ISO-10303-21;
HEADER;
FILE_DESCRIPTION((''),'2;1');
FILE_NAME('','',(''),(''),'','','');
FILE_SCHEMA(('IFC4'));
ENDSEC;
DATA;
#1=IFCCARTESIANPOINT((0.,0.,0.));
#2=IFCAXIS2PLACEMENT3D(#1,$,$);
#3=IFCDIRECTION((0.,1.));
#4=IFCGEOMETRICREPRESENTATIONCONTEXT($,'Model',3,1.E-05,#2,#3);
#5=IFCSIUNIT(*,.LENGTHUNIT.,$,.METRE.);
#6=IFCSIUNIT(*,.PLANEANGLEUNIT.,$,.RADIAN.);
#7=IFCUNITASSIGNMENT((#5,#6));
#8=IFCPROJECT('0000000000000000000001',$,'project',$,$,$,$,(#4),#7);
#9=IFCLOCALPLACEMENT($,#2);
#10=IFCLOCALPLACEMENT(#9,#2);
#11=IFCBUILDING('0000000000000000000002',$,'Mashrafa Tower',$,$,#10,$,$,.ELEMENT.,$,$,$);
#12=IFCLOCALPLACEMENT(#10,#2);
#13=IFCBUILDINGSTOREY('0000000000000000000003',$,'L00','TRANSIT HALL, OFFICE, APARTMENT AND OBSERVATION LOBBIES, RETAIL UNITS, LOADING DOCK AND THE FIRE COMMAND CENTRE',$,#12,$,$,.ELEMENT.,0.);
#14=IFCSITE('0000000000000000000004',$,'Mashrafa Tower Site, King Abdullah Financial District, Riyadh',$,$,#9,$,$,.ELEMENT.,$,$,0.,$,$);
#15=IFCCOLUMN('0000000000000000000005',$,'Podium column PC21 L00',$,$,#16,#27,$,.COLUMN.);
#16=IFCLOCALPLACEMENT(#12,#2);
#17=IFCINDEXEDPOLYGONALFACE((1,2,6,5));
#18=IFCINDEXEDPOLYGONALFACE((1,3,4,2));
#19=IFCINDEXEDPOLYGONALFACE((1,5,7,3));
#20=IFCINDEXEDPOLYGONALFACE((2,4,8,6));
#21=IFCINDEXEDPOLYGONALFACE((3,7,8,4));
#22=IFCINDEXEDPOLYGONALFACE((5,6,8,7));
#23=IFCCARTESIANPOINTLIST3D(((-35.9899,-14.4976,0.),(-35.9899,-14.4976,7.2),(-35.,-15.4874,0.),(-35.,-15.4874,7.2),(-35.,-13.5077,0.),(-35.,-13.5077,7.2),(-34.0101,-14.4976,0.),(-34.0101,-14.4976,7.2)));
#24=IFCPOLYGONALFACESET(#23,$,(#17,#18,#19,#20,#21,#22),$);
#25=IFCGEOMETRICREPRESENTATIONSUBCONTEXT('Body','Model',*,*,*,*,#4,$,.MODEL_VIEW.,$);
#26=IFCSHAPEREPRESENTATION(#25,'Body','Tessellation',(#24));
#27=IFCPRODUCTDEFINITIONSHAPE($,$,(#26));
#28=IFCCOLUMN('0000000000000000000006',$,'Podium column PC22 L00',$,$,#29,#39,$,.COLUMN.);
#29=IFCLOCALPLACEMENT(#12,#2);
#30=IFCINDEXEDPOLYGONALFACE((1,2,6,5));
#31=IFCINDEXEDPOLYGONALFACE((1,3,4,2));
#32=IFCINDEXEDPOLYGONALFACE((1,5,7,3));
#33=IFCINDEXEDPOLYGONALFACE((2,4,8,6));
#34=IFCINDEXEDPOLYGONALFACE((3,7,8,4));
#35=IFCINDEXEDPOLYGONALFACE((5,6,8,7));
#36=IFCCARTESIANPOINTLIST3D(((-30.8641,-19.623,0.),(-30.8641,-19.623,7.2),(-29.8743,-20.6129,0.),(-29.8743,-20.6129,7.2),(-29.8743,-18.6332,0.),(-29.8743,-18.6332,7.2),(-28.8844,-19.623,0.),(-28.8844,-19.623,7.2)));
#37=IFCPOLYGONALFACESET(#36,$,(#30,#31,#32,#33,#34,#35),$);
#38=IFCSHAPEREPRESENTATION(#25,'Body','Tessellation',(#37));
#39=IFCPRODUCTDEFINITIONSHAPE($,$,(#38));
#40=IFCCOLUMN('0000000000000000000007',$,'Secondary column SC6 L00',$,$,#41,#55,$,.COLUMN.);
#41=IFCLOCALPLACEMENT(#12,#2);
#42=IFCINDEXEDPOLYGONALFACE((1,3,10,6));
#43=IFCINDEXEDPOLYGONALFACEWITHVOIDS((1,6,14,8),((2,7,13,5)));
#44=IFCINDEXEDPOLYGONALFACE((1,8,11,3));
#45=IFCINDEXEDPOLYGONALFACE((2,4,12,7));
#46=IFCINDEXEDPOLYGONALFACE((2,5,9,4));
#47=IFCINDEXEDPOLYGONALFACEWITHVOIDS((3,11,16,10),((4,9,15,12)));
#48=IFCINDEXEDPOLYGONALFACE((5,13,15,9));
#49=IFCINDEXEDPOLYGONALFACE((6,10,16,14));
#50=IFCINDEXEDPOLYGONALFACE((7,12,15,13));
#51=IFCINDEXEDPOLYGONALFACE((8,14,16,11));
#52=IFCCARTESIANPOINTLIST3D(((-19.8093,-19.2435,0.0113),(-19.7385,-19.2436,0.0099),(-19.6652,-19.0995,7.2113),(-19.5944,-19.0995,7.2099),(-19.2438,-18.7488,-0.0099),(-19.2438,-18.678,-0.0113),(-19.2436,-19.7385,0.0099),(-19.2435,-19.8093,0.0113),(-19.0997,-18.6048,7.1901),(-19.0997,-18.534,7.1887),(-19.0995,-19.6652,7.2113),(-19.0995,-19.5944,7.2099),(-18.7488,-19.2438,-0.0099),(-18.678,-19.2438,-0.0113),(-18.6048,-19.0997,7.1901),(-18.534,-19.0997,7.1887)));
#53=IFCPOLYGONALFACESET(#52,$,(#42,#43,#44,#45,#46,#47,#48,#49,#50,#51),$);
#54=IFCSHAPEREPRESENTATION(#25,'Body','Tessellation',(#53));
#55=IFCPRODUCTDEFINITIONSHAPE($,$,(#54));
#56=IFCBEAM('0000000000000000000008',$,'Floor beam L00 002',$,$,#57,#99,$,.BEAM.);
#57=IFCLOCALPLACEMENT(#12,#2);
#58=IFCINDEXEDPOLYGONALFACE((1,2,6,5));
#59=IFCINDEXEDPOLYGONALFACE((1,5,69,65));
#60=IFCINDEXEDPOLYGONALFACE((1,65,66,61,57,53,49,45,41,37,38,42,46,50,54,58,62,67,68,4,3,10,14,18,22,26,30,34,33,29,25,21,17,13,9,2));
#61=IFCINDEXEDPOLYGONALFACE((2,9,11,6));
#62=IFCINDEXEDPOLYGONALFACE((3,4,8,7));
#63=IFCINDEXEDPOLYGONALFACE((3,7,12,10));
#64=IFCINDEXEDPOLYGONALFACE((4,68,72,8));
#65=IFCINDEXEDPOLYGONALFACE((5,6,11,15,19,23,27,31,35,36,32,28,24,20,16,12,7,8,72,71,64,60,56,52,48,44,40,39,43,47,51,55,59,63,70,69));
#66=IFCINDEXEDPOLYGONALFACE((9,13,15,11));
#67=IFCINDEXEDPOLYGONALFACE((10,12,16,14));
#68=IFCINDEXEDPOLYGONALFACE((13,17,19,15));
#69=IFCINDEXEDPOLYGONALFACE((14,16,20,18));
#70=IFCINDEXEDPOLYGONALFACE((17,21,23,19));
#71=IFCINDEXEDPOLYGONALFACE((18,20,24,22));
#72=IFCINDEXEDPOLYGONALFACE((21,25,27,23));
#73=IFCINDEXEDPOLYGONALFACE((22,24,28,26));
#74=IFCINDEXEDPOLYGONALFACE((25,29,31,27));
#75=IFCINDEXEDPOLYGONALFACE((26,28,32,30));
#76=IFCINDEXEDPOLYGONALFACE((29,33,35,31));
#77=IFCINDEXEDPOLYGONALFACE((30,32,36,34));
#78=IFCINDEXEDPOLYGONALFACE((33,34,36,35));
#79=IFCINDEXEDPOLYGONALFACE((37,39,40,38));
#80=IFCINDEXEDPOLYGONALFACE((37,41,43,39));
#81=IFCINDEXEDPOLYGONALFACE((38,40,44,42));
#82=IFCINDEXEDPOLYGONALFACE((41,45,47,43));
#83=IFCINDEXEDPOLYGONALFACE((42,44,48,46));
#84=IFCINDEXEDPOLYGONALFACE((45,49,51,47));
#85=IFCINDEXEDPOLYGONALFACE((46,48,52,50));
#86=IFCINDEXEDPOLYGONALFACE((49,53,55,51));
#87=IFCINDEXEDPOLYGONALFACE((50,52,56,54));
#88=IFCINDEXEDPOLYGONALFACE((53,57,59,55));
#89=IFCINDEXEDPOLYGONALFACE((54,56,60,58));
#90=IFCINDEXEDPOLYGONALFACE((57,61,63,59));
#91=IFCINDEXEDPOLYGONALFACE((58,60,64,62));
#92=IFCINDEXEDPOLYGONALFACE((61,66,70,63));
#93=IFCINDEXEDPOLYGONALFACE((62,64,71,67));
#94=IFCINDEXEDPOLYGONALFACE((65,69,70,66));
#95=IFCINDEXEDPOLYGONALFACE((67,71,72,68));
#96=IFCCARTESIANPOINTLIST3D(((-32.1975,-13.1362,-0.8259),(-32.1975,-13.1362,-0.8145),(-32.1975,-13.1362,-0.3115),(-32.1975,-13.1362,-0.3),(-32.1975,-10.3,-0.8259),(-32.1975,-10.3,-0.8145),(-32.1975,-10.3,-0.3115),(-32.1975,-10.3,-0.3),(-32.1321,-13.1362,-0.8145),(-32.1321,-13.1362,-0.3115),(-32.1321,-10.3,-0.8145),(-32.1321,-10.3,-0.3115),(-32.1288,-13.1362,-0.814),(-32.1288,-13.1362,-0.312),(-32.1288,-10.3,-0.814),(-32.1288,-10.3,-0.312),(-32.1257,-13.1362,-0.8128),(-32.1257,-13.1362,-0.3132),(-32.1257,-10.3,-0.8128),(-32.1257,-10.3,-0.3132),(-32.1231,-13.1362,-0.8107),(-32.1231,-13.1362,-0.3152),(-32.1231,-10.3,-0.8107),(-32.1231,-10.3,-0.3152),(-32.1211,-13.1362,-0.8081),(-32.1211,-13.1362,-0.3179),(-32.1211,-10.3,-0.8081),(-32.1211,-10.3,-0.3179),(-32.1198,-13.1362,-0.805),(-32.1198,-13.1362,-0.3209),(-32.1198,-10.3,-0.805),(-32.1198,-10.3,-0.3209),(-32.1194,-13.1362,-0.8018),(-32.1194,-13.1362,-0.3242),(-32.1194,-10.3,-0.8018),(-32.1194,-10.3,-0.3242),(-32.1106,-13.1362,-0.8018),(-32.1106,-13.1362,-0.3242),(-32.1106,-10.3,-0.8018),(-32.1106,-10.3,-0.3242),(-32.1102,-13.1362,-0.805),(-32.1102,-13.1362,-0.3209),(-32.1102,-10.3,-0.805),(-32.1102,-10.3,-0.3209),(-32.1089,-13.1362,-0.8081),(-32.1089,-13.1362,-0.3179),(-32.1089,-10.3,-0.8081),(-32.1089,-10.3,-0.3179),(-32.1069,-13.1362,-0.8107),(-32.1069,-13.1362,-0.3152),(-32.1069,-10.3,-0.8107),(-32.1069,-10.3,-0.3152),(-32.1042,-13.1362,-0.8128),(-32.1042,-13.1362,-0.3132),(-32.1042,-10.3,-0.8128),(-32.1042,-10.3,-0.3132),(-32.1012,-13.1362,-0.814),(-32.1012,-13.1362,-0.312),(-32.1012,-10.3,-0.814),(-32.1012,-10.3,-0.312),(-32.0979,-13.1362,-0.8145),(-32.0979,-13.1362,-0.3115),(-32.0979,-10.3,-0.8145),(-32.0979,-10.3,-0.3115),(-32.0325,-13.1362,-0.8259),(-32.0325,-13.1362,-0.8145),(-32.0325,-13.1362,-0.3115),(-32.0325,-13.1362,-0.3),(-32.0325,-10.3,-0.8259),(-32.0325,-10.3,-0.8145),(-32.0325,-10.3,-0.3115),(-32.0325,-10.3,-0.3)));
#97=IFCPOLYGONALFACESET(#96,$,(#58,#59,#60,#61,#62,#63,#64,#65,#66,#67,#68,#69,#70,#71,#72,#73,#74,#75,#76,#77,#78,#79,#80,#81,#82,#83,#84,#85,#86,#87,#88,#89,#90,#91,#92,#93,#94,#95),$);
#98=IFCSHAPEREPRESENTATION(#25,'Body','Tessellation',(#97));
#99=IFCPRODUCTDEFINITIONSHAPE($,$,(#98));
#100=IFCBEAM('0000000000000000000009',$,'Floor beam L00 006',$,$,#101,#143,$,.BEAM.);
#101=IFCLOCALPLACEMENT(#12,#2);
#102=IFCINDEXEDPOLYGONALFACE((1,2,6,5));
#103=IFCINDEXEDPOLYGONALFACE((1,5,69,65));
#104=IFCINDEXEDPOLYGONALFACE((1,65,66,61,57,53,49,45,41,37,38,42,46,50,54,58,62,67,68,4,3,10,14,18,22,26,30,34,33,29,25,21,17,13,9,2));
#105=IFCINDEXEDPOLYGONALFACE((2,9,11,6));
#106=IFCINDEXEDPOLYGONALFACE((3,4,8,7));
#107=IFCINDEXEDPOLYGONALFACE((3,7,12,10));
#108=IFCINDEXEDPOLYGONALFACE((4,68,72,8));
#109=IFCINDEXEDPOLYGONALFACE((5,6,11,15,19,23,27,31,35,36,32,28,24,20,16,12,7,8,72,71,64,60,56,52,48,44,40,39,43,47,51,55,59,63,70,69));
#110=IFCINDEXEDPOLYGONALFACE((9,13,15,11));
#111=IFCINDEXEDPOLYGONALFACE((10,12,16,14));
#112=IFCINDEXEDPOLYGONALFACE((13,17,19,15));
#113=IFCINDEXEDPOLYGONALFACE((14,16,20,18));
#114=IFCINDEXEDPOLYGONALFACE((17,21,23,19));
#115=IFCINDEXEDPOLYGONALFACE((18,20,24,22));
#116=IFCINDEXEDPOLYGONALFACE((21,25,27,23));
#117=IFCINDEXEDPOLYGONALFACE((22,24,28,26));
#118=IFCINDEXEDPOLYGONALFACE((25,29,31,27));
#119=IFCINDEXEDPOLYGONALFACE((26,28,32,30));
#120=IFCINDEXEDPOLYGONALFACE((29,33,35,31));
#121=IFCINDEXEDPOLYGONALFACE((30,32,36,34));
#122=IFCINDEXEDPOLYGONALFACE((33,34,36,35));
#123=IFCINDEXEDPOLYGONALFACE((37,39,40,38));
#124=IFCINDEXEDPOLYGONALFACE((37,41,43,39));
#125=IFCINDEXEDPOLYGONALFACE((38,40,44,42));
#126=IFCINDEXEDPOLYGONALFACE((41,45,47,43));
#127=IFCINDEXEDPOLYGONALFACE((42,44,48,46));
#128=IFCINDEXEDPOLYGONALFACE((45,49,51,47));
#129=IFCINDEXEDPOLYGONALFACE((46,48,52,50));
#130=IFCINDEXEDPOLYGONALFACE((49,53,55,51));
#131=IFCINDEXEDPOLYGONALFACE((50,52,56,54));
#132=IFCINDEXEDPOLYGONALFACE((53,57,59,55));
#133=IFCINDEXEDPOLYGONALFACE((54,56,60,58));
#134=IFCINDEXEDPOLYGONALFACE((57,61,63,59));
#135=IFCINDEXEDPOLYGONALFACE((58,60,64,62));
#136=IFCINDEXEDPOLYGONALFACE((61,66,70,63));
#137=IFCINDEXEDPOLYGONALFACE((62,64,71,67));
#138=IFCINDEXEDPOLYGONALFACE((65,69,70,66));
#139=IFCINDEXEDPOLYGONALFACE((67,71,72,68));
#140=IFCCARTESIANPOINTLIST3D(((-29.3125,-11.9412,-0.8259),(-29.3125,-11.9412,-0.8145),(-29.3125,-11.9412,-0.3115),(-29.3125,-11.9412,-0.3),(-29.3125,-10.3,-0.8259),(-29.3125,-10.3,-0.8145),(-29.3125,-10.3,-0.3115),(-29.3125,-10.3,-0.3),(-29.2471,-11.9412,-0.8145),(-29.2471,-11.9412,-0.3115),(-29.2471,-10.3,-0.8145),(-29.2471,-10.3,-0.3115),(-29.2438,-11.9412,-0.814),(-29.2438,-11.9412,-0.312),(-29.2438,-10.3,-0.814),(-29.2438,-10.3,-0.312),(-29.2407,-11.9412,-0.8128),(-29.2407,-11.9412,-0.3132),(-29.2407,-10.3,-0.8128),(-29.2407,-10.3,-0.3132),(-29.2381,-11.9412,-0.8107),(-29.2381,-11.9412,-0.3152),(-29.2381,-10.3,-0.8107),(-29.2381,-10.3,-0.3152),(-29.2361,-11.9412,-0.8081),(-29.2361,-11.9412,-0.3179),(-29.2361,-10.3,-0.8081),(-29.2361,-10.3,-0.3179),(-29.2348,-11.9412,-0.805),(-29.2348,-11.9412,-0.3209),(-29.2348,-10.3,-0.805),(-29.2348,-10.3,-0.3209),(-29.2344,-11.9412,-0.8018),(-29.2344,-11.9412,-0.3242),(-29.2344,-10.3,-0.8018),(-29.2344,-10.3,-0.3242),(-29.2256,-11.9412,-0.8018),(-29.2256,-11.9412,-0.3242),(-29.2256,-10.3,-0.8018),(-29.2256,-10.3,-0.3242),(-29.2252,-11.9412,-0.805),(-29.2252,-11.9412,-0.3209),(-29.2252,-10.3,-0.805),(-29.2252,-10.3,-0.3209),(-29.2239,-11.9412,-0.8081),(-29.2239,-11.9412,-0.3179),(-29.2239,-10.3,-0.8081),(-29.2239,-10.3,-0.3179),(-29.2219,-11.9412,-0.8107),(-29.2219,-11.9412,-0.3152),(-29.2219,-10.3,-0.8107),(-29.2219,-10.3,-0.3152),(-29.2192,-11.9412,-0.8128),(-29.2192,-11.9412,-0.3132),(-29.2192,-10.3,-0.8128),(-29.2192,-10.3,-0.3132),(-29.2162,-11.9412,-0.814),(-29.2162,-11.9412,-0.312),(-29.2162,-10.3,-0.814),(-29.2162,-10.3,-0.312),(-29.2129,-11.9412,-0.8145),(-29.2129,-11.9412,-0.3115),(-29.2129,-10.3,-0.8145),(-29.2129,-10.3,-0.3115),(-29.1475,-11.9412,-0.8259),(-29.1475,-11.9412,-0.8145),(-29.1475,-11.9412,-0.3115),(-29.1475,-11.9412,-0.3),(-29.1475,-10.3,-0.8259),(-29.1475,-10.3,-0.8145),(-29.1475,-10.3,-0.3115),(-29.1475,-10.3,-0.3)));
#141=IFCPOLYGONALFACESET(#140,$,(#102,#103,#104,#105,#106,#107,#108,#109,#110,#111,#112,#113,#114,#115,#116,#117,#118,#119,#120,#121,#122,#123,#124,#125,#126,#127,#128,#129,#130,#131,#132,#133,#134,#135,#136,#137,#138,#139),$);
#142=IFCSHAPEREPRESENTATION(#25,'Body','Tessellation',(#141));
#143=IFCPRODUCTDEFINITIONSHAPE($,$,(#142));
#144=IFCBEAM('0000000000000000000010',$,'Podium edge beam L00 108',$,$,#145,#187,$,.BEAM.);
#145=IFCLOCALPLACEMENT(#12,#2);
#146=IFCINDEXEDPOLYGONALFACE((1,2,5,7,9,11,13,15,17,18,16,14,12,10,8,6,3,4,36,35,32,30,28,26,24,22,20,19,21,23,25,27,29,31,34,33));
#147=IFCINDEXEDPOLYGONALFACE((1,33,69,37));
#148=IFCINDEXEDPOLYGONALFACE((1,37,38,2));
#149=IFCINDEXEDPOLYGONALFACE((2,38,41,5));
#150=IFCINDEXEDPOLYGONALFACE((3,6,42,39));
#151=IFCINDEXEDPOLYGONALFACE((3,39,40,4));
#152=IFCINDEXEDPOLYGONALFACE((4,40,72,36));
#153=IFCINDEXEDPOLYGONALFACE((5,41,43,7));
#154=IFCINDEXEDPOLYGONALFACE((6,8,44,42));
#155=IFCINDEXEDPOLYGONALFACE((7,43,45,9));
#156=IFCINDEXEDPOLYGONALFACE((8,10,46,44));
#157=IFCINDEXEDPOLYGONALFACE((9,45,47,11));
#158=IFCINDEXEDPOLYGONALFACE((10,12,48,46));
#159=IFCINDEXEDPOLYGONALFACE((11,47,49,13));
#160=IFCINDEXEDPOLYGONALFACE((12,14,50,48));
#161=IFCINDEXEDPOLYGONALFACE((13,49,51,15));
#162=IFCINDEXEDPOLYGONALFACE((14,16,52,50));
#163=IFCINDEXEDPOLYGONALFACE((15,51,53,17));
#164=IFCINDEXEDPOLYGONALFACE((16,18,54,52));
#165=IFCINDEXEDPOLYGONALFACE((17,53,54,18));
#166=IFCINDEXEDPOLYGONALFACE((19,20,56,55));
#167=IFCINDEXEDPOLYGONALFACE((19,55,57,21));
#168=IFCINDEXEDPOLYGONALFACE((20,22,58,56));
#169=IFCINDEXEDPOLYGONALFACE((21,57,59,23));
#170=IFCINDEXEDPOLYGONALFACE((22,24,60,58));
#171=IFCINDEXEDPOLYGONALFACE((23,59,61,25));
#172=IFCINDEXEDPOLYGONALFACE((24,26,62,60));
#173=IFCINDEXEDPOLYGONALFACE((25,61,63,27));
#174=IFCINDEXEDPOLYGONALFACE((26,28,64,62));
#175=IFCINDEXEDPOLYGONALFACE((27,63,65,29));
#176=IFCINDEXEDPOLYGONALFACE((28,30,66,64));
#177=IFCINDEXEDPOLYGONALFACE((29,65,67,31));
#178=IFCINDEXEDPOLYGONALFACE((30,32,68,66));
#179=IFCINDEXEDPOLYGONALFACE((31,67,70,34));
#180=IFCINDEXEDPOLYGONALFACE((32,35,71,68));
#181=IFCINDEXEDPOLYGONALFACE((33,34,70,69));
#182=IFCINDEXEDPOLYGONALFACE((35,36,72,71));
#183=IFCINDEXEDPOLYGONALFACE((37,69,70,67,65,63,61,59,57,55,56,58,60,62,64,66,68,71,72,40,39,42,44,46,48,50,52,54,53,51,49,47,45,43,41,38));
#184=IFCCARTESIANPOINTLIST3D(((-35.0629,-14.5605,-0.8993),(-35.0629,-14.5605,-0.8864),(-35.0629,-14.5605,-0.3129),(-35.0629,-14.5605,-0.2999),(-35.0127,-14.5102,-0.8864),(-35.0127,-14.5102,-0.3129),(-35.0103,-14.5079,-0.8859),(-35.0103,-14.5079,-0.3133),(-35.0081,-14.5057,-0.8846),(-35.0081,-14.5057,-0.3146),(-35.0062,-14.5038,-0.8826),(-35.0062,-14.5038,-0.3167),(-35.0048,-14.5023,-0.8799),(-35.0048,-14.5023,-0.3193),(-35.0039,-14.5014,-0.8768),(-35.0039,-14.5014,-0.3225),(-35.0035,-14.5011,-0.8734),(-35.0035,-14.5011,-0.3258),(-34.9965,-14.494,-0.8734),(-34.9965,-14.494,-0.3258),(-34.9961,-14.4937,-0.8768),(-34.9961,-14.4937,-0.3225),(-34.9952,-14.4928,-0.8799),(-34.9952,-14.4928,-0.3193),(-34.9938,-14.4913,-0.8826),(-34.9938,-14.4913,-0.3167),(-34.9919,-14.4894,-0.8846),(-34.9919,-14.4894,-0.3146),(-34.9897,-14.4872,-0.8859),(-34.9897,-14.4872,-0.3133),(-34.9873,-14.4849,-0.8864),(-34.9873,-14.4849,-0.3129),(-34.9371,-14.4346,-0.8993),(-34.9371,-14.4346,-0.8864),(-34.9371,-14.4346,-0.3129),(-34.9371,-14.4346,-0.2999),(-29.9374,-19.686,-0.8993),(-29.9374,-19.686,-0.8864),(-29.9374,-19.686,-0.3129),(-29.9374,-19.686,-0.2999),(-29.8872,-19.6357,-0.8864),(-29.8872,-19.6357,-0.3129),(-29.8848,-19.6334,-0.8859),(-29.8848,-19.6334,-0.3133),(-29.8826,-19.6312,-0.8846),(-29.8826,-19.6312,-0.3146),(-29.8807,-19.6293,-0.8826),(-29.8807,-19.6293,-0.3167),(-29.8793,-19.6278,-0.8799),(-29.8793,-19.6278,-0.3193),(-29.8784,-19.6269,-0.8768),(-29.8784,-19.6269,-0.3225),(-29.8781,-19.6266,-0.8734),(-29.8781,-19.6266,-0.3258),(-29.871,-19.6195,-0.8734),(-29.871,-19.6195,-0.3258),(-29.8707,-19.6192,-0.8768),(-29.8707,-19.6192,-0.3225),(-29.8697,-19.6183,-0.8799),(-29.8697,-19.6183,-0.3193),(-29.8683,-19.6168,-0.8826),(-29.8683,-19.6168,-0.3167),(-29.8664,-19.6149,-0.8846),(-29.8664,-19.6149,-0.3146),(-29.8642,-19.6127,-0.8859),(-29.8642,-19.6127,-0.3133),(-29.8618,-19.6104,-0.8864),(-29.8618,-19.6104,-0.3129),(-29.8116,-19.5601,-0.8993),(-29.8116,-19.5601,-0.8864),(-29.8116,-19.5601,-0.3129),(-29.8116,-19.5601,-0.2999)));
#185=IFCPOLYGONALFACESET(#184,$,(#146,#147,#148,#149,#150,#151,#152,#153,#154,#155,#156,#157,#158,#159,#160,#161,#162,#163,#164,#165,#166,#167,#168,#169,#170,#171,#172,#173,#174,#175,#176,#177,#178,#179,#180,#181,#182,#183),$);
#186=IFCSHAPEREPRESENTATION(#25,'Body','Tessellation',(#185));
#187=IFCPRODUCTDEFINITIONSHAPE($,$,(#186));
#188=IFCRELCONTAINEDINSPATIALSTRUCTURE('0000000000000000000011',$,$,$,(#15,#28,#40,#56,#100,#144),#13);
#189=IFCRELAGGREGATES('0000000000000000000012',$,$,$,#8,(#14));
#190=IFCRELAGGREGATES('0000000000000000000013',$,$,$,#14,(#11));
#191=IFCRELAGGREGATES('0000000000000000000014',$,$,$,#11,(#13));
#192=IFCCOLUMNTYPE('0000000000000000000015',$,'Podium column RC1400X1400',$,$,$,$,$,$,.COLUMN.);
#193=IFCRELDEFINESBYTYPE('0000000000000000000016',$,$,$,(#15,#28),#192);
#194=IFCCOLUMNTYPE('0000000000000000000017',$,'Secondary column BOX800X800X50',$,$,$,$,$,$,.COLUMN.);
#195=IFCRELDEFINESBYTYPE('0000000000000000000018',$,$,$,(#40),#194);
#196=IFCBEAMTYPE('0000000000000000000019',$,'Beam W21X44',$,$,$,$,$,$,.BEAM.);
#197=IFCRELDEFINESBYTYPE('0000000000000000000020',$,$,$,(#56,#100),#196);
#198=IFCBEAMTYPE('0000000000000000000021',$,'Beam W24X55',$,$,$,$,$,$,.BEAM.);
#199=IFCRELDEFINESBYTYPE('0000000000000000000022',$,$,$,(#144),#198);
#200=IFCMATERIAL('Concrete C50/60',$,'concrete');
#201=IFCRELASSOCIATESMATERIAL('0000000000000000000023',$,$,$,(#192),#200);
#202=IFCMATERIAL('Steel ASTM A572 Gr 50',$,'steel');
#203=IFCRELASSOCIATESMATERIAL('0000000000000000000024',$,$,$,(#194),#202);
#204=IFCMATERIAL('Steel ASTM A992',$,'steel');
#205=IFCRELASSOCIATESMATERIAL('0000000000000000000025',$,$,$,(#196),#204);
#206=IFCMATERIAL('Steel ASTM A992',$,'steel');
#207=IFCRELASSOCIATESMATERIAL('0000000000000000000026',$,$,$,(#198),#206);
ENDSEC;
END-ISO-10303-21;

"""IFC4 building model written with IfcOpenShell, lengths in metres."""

from ifc_helpers import new_model, si_unit, direction, frame, origin, origin_2d, place, context, subcontext, project, spatial, rectangle, hollow_rectangle, i_section, extrude, material, material_profile, profile_set, type_object, element, save


model = new_model("IFC4")

# Units and contexts
model_context = context("Model", 3, precision=1e-05, world=origin(), true_north=direction((0.0, 1.0)))
body_context = subcontext(model_context, "Body", "Model", "MODEL_VIEW")
ifc_project = project(units=[si_unit("LENGTHUNIT", "METRE"), si_unit("PLANEANGLEUNIT", "RADIAN")], contexts=[model_context])

# Site, building, storey
site_placement = place(None, origin())
site = spatial("IfcSite", under=ifc_project, at=site_placement, Name="Mashrafa Tower Site, King Abdullah Financial District, Riyadh", CompositionType="ELEMENT", RefElevation=0.0)
building_placement = place(site_placement, origin())
building = spatial("IfcBuilding", under=site, at=building_placement, Name="Mashrafa Tower", CompositionType="ELEMENT")
storey_placement = place(building_placement, origin())
storey = spatial("IfcBuildingStorey", under=building, at=storey_placement, Name="L00", Description="TRANSIT HALL, OFFICE, APARTMENT AND OBSERVATION LOBBIES, RETAIL UNITS, LOADING DOCK AND THE FIRE COMMAND CENTRE", CompositionType="ELEMENT", Elevation=0.0)

# Columns
ifc_material_1 = material(Name="Concrete C50/60", Category="concrete")
ifc_material_profile_1 = material_profile(ifc_material_1, rectangle(XDim=1.3999, YDim=1.3999, at=origin_2d()), Name="RC1400X1400")
ifc_profile_set_1 = profile_set([ifc_material_profile_1], Name="Concrete C50/60")
column_type_1 = type_object("IfcColumnType", Name="Podium column RC1400X1400", PredefinedType="COLUMN", material=ifc_profile_set_1)
for number, where, z_axis, x_axis, name in (
    (1, (-35.0, -14.4976, 0.0), (0.0, 0.0, 1.0), (0.707107, 0.707107, 0.0), "Podium column PC21 L00"),
    (2, (-29.8743, -19.623, 0.0), (0.0, 0.0, 1.0), (0.707107, 0.707107, 0.0), "Podium column PC22 L00"),
):
    element("IfcColumn", number, at=place(storey_placement, frame(where, z_axis=z_axis, x_axis=x_axis)), inside=storey, type_object=column_type_1, Name=name, PredefinedType="COLUMN", context=body_context, shape_type="SweptSolid", body=[
        extrude(rectangle(XDim=1.3999, YDim=1.3999, at=origin_2d()), origin(), (0.0, 0.0, 1.0), 7.2),
    ])
ifc_material_2 = material(Name="Steel ASTM A572 Gr 50", Category="steel")
ifc_material_profile_2 = material_profile(ifc_material_2, hollow_rectangle(XDim=0.8, YDim=0.8, WallThickness=0.05, at=origin_2d()), Name="BOX800X800X50")
ifc_profile_set_2 = profile_set([ifc_material_profile_2], Name="Steel ASTM A572 Gr 50")
column_type_2 = type_object("IfcColumnType", Name="Secondary column BOX800X800X50", PredefinedType="COLUMN", material=ifc_profile_set_2)
column_placement = place(storey_placement, frame((-19.2437, -19.2437, 0.0), z_axis=(0.019998, 0.019998, 0.9996), x_axis=(-0.707107, 0.707107, 0.0)))
element("IfcColumn", 3, at=column_placement, inside=storey, type_object=column_type_2, Name="Secondary column SC6 L00", PredefinedType="COLUMN", context=body_context, shape_type="SweptSolid", body=[
    extrude(hollow_rectangle(XDim=0.8, YDim=0.8, WallThickness=0.05, at=origin_2d()), origin(), (0.0, 0.0, 1.0), 7.2029),
])

# Beams
ifc_material_3 = material(Name="Steel ASTM A992", Category="steel")
ifc_material_profile_3 = material_profile(ifc_material_3, i_section(OverallWidth=0.165, OverallDepth=0.5259, WebThickness=0.0088, FlangeThickness=0.0115, FilletRadius=0.0127, at=origin_2d()), Name="W21X44")
ifc_profile_set_3 = profile_set([ifc_material_profile_3], Name="Steel ASTM A992")
beam_type_1 = type_object("IfcBeamType", Name="Beam W21X44", PredefinedType="BEAM", material=ifc_profile_set_3)
beam_1_placement = place(storey_placement, frame((-32.115, -13.1362, -0.563), z_axis=(0.0, 1.0, 0.0), x_axis=(-1.0, 0.0, 0.0)))
element("IfcBeam", 4, at=beam_1_placement, inside=storey, type_object=beam_type_1, Name="Floor beam L00 002", PredefinedType="BEAM", context=body_context, shape_type="SweptSolid", body=[
    extrude(i_section(OverallWidth=0.165, OverallDepth=0.5259, WebThickness=0.0088, FlangeThickness=0.0115, FilletRadius=0.0127, at=origin_2d()), origin(), (0.0, 0.0, 1.0), 2.8362),
])
beam_2_placement = place(storey_placement, frame((-29.23, -11.9412, -0.563), z_axis=(0.0, 1.0, 0.0), x_axis=(-1.0, 0.0, 0.0)))
element("IfcBeam", 5, at=beam_2_placement, inside=storey, type_object=beam_type_1, Name="Floor beam L00 006", PredefinedType="BEAM", context=body_context, shape_type="SweptSolid", body=[
    extrude(i_section(OverallWidth=0.165, OverallDepth=0.5259, WebThickness=0.0088, FlangeThickness=0.0115, FilletRadius=0.0127, at=origin_2d()), origin(), (0.0, 0.0, 1.0), 1.6411),
])
ifc_material_4 = material(Name="Steel ASTM A992", Category="steel")
ifc_material_profile_4 = material_profile(ifc_material_4, i_section(OverallWidth=0.178, OverallDepth=0.5994, WebThickness=0.01, FlangeThickness=0.0129, FilletRadius=0.0129, at=origin_2d()), Name="W24X55")
ifc_profile_set_4 = profile_set([ifc_material_profile_4], Name="Steel ASTM A992")
beam_type_2 = type_object("IfcBeamType", Name="Beam W24X55", PredefinedType="BEAM", material=ifc_profile_set_4)
beam_3_placement = place(storey_placement, frame((-35.0, -14.4976, -0.5996), z_axis=(0.707107, -0.707107, 0.0), x_axis=(0.707107, 0.707107, 0.0)))
element("IfcBeam", 6, at=beam_3_placement, inside=storey, type_object=beam_type_2, Name="Podium edge beam L00 108", PredefinedType="BEAM", context=body_context, shape_type="SweptSolid", body=[
    extrude(i_section(OverallWidth=0.178, OverallDepth=0.5994, WebThickness=0.01, FlangeThickness=0.0129, FilletRadius=0.0129, at=origin_2d()), origin(), (0.0, 0.0, 1.0), 7.2485),
])

save(model, "model.ifc")
